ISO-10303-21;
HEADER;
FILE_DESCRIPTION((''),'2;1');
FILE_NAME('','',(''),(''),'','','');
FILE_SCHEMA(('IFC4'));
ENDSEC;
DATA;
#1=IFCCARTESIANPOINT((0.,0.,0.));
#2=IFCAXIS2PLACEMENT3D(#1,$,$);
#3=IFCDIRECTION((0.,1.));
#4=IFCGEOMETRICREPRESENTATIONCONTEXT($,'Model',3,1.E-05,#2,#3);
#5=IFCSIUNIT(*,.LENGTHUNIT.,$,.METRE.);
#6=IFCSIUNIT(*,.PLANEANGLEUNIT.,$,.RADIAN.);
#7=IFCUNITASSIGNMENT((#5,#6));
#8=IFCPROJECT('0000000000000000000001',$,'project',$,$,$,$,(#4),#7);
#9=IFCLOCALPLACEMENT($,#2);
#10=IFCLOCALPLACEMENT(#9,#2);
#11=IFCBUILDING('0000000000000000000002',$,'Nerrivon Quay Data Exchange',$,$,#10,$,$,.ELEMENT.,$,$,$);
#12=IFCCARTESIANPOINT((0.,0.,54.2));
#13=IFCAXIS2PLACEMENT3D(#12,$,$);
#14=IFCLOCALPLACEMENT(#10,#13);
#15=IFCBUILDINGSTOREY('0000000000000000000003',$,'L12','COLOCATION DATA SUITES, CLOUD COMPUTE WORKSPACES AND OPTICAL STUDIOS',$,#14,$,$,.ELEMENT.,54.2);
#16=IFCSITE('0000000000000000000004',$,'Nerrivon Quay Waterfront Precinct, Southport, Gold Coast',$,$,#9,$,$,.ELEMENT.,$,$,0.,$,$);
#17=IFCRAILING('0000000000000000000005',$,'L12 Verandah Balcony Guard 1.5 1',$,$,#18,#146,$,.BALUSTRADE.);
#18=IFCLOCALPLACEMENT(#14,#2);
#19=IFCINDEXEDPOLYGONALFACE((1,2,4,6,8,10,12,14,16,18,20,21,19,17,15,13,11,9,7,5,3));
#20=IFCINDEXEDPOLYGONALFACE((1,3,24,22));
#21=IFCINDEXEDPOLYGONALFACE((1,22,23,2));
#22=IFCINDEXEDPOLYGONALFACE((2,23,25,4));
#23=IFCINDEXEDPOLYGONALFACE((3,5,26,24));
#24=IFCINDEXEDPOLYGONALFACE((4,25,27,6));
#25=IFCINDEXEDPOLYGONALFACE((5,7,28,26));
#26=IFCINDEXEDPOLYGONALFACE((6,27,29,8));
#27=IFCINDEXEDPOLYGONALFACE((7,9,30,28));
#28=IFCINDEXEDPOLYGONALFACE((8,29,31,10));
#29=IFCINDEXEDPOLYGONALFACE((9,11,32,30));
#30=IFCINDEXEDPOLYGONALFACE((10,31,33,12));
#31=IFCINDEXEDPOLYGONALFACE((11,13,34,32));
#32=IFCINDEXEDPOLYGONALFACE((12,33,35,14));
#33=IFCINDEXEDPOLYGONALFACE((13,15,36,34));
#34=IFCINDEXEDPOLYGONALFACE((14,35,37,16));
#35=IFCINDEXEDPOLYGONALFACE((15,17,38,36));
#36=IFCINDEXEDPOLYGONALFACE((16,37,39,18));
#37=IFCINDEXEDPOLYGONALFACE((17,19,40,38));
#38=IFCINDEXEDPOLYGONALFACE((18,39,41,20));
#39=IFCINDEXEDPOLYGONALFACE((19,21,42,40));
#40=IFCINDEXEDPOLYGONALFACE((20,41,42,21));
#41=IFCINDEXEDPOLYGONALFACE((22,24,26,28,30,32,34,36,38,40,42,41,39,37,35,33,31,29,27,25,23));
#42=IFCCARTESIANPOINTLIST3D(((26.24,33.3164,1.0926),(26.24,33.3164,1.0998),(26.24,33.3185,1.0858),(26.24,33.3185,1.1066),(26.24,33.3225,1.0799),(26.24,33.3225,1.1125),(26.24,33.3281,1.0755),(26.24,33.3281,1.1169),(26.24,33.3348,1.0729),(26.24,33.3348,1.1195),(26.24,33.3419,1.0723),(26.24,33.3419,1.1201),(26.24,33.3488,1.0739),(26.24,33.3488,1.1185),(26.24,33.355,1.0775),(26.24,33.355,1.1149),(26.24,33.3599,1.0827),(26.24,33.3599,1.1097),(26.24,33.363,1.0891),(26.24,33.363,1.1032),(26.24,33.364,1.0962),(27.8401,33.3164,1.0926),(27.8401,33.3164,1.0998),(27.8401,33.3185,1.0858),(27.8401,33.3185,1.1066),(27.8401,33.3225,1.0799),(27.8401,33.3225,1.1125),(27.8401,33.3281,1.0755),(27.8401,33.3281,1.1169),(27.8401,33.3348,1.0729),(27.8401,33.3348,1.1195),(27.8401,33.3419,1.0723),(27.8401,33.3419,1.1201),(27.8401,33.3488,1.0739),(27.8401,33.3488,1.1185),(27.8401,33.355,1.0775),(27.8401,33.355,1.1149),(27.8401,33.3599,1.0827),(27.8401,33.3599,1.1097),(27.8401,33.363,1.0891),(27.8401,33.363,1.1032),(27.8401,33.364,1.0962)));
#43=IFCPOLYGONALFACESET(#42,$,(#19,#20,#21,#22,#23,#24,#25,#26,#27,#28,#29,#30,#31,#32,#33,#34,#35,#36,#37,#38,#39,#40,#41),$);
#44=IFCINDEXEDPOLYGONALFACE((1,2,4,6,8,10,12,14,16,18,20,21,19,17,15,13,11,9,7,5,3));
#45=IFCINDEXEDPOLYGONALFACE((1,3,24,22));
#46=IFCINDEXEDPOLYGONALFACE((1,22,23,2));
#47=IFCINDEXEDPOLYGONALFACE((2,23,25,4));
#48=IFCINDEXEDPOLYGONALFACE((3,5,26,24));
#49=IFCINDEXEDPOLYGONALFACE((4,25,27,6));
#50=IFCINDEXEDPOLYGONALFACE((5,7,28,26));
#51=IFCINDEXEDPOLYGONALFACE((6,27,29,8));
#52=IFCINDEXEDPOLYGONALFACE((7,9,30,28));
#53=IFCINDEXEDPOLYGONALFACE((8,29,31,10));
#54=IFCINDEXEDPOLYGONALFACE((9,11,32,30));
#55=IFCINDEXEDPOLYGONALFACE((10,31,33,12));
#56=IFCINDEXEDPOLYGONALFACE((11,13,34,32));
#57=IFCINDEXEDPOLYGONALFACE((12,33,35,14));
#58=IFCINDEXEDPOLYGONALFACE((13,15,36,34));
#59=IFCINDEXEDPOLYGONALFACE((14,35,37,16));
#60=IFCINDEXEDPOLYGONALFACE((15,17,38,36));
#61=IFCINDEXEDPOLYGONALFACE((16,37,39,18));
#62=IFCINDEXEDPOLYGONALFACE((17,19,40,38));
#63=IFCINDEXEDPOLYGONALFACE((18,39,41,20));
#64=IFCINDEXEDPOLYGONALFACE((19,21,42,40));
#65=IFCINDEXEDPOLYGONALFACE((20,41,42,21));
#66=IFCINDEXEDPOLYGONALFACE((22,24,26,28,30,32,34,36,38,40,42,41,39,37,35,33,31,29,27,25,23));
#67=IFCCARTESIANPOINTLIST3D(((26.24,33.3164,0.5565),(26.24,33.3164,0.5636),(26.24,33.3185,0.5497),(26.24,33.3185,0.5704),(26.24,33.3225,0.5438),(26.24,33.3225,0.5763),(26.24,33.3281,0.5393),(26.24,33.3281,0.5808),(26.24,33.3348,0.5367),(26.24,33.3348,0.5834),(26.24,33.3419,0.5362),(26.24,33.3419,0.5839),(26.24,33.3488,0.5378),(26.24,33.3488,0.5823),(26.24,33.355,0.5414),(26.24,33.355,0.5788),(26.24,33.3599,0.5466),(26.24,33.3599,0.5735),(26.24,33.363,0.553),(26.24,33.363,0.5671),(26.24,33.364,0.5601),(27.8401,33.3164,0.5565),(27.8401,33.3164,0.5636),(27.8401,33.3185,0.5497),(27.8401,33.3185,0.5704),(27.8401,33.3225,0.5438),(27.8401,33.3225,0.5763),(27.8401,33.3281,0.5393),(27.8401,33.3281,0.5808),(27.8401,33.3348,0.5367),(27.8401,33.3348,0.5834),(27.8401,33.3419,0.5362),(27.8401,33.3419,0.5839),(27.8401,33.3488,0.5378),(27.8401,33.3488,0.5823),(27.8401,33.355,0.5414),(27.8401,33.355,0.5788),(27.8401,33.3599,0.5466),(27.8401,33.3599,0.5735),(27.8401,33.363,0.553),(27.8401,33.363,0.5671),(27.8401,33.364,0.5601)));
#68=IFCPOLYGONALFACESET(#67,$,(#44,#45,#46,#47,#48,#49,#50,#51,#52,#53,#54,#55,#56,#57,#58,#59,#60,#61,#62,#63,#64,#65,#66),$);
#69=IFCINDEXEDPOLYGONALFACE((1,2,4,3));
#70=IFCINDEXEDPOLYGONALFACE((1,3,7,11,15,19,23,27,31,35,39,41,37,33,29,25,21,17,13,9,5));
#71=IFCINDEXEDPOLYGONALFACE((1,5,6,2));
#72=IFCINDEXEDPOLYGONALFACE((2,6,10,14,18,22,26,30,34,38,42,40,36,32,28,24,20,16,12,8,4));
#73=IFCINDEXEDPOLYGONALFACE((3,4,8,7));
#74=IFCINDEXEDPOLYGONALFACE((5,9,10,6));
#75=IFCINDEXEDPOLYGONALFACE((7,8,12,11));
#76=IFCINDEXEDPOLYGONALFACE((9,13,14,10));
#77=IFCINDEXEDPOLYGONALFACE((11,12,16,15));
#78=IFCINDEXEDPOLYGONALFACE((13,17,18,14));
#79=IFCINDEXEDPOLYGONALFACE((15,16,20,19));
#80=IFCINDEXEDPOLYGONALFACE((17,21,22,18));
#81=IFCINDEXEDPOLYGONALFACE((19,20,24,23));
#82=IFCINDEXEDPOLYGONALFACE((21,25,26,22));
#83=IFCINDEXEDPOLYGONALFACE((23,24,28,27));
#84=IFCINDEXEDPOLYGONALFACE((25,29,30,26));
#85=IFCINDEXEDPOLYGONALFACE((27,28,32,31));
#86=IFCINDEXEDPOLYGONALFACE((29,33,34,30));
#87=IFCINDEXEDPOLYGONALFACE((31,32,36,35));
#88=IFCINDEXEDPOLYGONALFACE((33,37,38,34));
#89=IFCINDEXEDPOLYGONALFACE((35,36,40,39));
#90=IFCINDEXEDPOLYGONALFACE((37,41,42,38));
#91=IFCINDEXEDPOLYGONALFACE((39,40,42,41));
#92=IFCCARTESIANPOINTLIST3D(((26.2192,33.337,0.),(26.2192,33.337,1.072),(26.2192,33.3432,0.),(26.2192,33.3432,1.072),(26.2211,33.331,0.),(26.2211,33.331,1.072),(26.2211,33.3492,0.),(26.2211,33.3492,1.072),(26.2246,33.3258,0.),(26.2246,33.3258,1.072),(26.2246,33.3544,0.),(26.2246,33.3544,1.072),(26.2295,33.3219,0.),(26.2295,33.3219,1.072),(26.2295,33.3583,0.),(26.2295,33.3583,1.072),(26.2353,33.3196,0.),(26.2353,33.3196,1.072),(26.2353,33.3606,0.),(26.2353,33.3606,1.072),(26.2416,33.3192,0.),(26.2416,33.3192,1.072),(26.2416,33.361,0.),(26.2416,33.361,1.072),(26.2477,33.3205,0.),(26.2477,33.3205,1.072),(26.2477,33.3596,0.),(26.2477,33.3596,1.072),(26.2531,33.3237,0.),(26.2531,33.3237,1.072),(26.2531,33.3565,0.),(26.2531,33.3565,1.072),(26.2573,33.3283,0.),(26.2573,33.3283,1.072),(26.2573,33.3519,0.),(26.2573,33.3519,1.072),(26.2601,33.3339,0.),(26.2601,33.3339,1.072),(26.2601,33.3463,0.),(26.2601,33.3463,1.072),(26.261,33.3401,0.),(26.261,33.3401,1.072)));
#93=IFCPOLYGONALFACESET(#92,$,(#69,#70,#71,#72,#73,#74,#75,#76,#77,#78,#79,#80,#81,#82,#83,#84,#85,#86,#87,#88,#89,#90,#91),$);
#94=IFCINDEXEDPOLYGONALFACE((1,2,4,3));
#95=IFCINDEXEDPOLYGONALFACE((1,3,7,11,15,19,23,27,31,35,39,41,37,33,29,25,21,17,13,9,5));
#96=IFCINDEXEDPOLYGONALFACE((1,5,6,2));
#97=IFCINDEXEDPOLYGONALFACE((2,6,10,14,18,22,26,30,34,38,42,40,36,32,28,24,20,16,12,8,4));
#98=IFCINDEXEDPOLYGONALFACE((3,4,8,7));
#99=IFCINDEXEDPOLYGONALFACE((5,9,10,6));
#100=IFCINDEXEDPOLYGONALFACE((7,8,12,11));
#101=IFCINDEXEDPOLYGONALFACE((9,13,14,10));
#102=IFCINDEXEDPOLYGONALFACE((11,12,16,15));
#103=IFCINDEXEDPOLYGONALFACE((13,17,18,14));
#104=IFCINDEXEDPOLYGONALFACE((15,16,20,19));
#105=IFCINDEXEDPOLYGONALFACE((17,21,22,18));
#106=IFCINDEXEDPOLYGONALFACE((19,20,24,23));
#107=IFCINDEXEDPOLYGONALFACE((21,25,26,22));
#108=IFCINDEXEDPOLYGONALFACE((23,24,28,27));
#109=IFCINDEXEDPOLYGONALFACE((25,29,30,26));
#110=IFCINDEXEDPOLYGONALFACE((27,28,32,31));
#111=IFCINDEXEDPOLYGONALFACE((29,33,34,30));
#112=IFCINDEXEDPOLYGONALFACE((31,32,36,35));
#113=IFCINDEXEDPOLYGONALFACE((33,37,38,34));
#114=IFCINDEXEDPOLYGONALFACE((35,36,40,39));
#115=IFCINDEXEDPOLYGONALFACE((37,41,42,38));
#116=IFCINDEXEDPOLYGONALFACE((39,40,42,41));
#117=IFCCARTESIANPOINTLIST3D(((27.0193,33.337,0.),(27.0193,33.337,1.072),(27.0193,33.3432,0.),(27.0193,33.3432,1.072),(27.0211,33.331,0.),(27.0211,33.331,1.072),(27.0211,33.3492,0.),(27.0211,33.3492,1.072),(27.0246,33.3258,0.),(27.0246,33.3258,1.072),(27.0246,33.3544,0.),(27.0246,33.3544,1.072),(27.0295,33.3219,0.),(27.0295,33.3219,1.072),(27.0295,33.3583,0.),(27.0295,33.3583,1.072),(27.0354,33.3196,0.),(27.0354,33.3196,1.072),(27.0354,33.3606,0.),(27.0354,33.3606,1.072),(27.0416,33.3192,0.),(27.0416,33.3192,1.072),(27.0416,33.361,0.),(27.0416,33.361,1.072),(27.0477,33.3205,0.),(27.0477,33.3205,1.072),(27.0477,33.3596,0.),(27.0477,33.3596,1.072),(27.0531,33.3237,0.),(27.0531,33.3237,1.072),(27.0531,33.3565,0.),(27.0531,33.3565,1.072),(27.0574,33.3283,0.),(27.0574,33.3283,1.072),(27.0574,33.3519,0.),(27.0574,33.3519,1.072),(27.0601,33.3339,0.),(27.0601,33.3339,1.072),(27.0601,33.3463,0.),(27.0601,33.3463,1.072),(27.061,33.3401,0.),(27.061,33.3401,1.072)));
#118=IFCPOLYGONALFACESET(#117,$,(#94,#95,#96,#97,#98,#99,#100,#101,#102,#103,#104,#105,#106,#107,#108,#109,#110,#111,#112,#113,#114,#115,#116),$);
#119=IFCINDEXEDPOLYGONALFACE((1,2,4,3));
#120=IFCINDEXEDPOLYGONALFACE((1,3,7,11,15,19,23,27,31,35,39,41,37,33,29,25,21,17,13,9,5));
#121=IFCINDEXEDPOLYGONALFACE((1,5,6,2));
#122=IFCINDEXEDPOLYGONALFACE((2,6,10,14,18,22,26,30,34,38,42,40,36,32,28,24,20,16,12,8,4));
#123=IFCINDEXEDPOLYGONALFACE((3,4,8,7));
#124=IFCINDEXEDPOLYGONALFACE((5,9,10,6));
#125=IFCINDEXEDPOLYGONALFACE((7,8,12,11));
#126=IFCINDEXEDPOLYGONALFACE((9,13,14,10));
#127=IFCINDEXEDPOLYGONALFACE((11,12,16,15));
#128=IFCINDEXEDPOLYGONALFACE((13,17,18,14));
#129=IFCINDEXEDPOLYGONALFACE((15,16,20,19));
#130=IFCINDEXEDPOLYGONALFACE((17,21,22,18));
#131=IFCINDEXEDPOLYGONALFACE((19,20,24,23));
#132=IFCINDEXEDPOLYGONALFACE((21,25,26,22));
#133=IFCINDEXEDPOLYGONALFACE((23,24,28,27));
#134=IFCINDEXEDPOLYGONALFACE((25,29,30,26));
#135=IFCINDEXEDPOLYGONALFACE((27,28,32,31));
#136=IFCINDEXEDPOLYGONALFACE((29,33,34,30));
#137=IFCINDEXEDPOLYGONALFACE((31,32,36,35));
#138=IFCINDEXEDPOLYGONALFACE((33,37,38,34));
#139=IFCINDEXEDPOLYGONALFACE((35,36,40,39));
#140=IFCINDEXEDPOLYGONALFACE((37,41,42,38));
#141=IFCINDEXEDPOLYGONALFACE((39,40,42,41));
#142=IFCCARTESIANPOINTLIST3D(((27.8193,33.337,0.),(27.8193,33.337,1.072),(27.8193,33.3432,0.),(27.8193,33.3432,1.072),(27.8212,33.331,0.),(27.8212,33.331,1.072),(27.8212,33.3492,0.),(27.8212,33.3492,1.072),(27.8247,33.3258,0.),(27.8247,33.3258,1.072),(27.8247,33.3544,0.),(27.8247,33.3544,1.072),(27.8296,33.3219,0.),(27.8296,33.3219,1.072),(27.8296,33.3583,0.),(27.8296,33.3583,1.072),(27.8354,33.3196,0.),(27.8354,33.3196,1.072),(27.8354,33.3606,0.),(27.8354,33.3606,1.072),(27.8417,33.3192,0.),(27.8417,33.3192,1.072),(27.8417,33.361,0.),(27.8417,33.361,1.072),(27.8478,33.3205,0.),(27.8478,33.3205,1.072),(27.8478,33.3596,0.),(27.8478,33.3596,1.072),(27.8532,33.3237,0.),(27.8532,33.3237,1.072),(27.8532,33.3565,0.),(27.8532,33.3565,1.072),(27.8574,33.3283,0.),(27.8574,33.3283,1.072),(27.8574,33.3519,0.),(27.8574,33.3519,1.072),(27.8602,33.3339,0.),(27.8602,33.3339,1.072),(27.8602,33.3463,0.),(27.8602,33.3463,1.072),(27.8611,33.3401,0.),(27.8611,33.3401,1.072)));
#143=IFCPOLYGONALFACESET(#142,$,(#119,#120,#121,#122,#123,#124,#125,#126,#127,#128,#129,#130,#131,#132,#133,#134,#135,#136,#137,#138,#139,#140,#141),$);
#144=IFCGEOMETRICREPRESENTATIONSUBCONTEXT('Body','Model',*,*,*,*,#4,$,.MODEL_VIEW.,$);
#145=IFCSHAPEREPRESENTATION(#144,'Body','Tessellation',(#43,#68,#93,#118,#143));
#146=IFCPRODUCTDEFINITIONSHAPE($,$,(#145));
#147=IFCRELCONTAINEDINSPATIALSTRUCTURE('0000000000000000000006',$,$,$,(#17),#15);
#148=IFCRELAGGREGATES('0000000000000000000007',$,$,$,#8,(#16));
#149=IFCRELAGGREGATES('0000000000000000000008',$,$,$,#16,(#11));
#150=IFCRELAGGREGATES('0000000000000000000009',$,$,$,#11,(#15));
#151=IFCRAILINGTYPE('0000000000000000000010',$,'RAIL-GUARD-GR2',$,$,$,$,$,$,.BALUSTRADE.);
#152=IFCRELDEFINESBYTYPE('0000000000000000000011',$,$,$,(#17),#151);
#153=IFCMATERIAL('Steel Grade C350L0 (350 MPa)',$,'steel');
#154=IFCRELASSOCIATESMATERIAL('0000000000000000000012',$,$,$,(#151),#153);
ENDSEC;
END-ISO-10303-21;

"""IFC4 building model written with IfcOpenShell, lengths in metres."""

from ifc_helpers import new_model, si_unit, direction, frame, origin, origin_2d, place, context, subcontext, project, spatial, circle, extrude, material, type_object, element, save


model = new_model("IFC4")

# Units and contexts
model_context = context("Model", 3, precision=1e-05, world=origin(), true_north=direction((0.0, 1.0)))
body_context = subcontext(model_context, "Body", "Model", "MODEL_VIEW")
ifc_project = project(units=[si_unit("LENGTHUNIT", "METRE"), si_unit("PLANEANGLEUNIT", "RADIAN")], contexts=[model_context])

# Site, building, storey
site_placement = place(None, origin())
site = spatial("IfcSite", under=ifc_project, at=site_placement, Name="Nerrivon Quay Waterfront Precinct, Southport, Gold Coast", CompositionType="ELEMENT", RefElevation=0.0)
building_placement = place(site_placement, origin())
building = spatial("IfcBuilding", under=site, at=building_placement, Name="Nerrivon Quay Data Exchange", CompositionType="ELEMENT")
storey_placement = place(building_placement, frame((0.0, 0.0, 54.2)))
storey = spatial("IfcBuildingStorey", under=building, at=storey_placement, Name="L12", Description="COLOCATION DATA SUITES, CLOUD COMPUTE WORKSPACES AND OPTICAL STUDIOS", CompositionType="ELEMENT", Elevation=54.2)

# Railing
ifc_material_1 = material(Name="Steel Grade C350L0 (350 MPa)", Category="steel")
railing_type = type_object("IfcRailingType", Name="RAIL-GUARD-GR2", PredefinedType="BALUSTRADE", material=ifc_material_1)
railing_1_placement = place(storey_placement, frame((26.24, 33.3401, 0.0)))
element("IfcRailing", 1, at=railing_1_placement, inside=storey, type_object=railing_type, Name="L12 Verandah Balcony Guard 1.5 1", PredefinedType="BALUSTRADE", context=body_context, shape_type="SweptSolid", body=[
    extrude(circle(Radius=0.0239, at=origin_2d()), frame((0.0, 0.0, 1.0962), z_axis=(1.0, 0.0, 0.0), x_axis=(0.0, 1.0, 0.0)), (0.0, 0.0, 1.0), 1.6001),
    extrude(circle(Radius=0.0239, at=origin_2d()), frame((0.0, 0.0, 0.5601), z_axis=(1.0, 0.0, 0.0), x_axis=(0.0, 1.0, 0.0)), (0.0, 0.0, 1.0), 1.6001),
    extrude(circle(Radius=0.021, at=origin_2d()), origin(), (0.0, 0.0, 1.0), 1.072),
    extrude(circle(Radius=0.021, at=origin_2d()), frame((0.8, 0.0, 0.0)), (0.0, 0.0, 1.0), 1.072),
    extrude(circle(Radius=0.021, at=origin_2d()), frame((1.6001, 0.0, 0.0)), (0.0, 0.0, 1.0), 1.072),
])

save(model, "model.ifc")
